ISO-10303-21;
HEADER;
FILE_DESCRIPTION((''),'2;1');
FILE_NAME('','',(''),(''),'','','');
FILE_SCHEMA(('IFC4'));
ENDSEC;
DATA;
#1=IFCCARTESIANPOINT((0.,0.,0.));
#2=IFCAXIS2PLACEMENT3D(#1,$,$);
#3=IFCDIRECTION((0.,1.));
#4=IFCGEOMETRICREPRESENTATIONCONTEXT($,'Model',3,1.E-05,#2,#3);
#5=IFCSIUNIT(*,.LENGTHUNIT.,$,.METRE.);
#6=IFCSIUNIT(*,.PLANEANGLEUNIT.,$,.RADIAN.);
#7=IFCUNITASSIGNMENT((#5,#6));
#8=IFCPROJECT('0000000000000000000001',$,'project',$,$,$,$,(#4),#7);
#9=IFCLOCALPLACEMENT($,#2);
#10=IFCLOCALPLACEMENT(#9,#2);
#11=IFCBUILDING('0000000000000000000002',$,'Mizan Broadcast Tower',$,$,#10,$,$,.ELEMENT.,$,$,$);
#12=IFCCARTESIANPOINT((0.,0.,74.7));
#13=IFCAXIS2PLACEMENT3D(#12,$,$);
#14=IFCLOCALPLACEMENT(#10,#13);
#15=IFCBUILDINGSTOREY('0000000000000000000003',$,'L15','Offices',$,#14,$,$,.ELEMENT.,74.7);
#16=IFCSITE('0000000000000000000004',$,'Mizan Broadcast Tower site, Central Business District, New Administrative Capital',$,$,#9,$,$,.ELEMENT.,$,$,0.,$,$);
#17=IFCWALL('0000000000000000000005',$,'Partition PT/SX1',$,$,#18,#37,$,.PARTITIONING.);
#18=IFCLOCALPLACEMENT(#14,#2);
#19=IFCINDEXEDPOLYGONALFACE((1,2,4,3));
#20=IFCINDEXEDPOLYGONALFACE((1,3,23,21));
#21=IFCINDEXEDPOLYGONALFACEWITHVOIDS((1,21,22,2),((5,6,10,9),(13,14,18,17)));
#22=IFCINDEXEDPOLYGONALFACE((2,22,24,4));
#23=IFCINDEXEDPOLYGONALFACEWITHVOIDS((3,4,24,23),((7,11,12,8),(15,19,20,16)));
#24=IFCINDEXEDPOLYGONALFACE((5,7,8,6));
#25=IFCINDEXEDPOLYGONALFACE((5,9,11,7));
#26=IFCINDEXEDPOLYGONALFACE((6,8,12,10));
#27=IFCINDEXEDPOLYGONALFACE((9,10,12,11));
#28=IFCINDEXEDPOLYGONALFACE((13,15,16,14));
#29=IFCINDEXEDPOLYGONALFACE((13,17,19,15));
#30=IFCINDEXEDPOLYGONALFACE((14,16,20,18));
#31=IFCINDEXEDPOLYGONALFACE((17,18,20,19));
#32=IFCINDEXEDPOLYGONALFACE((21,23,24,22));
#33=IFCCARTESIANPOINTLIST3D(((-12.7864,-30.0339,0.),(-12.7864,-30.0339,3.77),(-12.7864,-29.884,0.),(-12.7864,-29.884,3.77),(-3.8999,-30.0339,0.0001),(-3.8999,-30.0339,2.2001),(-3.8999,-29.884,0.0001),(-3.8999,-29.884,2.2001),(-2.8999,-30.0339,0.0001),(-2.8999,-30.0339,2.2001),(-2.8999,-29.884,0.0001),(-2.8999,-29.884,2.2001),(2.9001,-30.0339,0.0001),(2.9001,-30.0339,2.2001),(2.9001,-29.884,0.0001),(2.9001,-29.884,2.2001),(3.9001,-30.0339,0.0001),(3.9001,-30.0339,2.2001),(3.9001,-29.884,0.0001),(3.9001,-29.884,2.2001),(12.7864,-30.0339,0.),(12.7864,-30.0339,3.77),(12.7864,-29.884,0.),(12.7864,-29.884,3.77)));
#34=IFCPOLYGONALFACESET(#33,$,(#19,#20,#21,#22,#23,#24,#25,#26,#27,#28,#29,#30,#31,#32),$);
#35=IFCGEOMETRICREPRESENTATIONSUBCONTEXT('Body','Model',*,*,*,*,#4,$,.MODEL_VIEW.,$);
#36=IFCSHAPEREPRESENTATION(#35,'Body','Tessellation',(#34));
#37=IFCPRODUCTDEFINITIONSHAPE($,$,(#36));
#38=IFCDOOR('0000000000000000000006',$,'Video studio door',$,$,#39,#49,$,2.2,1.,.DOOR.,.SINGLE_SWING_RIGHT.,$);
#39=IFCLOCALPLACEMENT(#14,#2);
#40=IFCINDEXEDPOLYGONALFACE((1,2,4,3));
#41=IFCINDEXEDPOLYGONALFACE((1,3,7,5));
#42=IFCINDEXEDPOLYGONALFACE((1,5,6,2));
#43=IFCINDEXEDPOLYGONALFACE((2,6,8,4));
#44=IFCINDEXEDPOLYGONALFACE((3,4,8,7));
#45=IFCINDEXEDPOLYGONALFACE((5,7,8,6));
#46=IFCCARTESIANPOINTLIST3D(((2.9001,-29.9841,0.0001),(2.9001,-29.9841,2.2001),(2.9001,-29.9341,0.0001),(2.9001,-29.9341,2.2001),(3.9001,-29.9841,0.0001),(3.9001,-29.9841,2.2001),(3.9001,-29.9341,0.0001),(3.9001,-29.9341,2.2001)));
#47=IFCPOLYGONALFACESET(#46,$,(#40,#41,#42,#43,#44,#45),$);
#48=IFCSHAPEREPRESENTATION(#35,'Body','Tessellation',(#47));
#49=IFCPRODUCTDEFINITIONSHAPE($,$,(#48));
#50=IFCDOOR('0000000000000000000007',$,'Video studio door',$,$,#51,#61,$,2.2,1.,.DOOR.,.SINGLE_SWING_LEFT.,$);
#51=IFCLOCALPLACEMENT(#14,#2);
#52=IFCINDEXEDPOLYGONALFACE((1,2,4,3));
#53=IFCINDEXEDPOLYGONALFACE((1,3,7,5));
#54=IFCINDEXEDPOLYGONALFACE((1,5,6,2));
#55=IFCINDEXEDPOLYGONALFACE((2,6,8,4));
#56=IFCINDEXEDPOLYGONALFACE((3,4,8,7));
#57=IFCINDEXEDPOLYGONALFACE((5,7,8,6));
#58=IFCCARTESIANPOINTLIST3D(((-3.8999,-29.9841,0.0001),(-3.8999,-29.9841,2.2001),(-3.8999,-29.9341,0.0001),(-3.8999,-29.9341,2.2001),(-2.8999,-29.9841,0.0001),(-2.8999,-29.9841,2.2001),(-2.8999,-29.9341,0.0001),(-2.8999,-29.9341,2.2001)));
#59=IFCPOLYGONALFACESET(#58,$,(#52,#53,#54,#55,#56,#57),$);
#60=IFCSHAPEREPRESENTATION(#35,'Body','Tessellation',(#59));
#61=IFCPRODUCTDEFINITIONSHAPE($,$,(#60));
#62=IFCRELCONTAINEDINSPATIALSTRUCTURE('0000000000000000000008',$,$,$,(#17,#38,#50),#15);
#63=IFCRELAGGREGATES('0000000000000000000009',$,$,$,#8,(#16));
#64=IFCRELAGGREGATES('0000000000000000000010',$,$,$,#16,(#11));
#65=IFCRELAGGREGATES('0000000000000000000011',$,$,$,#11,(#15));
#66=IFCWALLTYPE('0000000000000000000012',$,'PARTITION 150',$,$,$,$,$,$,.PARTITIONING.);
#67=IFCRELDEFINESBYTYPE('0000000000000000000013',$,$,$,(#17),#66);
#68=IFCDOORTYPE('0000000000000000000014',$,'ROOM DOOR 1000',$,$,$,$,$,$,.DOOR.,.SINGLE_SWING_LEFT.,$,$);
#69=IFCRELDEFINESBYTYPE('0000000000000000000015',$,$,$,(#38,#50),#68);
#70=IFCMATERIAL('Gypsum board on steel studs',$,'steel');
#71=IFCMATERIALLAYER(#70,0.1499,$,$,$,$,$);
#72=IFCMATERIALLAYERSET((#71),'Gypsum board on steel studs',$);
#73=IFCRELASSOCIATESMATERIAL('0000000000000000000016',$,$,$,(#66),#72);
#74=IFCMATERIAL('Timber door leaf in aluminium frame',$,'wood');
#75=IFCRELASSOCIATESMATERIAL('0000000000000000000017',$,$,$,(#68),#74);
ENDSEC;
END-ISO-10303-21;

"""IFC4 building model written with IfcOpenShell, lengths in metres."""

from ifc_helpers import new_model, si_unit, direction, frame, frame_2d, origin, place, context, subcontext, project, spatial, rectangle, extrude, material, layer, layer_set, type_object, element, fill, save


model = new_model("IFC4")

# Units and contexts
model_context = context("Model", 3, precision=1e-05, world=origin(), true_north=direction((0.0, 1.0)))
body_context = subcontext(model_context, "Body", "Model", "MODEL_VIEW")
ifc_project = project(units=[si_unit("LENGTHUNIT", "METRE"), si_unit("PLANEANGLEUNIT", "RADIAN")], contexts=[model_context])

# Site, building, storey
site_placement = place(None, origin())
site = spatial("IfcSite", under=ifc_project, at=site_placement, Name="Mizan Broadcast Tower site, Central Business District, New Administrative Capital", CompositionType="ELEMENT", RefElevation=0.0)
building_placement = place(site_placement, origin())
building = spatial("IfcBuilding", under=site, at=building_placement, Name="Mizan Broadcast Tower", CompositionType="ELEMENT")
storey_placement = place(building_placement, frame((0.0, 0.0, 74.7)))
storey = spatial("IfcBuildingStorey", under=building, at=storey_placement, Name="L15", Description="Offices", CompositionType="ELEMENT", Elevation=74.7)

# Wall, openings, doors
ifc_material_1 = material(Name="Gypsum board on steel studs", Category="steel")
ifc_layer_1 = layer(ifc_material_1, 0.1499)
ifc_layer_set_1 = layer_set([ifc_layer_1], Name="Gypsum board on steel studs")
wall_type = type_object("IfcWallType", Name="PARTITION 150", PredefinedType="PARTITIONING", material=ifc_layer_set_1)
wall_placement = place(storey_placement, frame((-12.7864, -29.959, 0.0), z_axis=(0.0, 0.0, 1.0), x_axis=(1.0, 0.0, 0.0)))
wall = element("IfcWall", 1, at=wall_placement, inside=storey, type_object=wall_type, Name="Partition PT/SX1", PredefinedType="PARTITIONING", context=body_context, shape_type="SweptSolid", body=[
    extrude(rectangle(XDim=25.5728, YDim=0.1499, at=frame_2d((12.7864, 0.0))), origin(), (0.0, 0.0, 1.0), 3.77),
])
opening_1_placement = place(wall_placement, frame((15.6865, 0.0, 0.0)))
opening_1 = element("IfcOpeningElement", 2, at=opening_1_placement, cuts=wall, PredefinedType="OPENING", context=body_context, shape_type="SweptSolid", body=[
    extrude(rectangle(XDim=1.0, YDim=2.2, at=frame_2d((0.5, 1.1001))), frame((0.0, 0.085, 0.0), z_axis=(0.0, -1.0, 0.0), x_axis=(1.0, 0.0, 0.0)), (0.0, 0.0, 1.0), 0.1699),
])
opening_2_placement = place(wall_placement, frame((8.8865, 0.0, 0.0)))
opening_2 = element("IfcOpeningElement", 3, at=opening_2_placement, cuts=wall, PredefinedType="OPENING", context=body_context, shape_type="SweptSolid", body=[
    extrude(rectangle(XDim=1.0, YDim=2.2, at=frame_2d((0.5, 1.1001))), frame((0.0, 0.085, 0.0), z_axis=(0.0, -1.0, 0.0), x_axis=(1.0, 0.0, 0.0)), (0.0, 0.0, 1.0), 0.1699),
])
ifc_material_2 = material(Name="Timber door leaf in aluminium frame", Category="wood")
door_type = type_object("IfcDoorType", Name="ROOM DOOR 1000", OperationType="SINGLE_SWING_LEFT", PredefinedType="DOOR", material=ifc_material_2)
door_1_placement = place(opening_1_placement, origin())
door_1 = element("IfcDoor", 4, at=door_1_placement, inside=storey, type_object=door_type, Name="Video studio door", OperationType="SINGLE_SWING_RIGHT", OverallHeight=2.2, OverallWidth=1.0, PredefinedType="DOOR", context=body_context, shape_type="SweptSolid", body=[
    extrude(rectangle(XDim=1.0, YDim=2.2, at=frame_2d((0.5, 1.1001))), frame((0.0, 0.0249, 0.0), z_axis=(0.0, -1.0, 0.0), x_axis=(1.0, 0.0, 0.0)), (0.0, 0.0, 1.0), 0.05),
])
fill(opening_1, door_1)
door_2_placement = place(opening_2_placement, origin())
door_2 = element("IfcDoor", 5, at=door_2_placement, inside=storey, type_object=door_type, Name="Video studio door", OperationType="SINGLE_SWING_LEFT", OverallHeight=2.2, OverallWidth=1.0, PredefinedType="DOOR", context=body_context, shape_type="SweptSolid", body=[
    extrude(rectangle(XDim=1.0, YDim=2.2, at=frame_2d((0.5, 1.1001))), frame((0.0, 0.0249, 0.0), z_axis=(0.0, -1.0, 0.0), x_axis=(1.0, 0.0, 0.0)), (0.0, 0.0, 1.0), 0.05),
])
fill(opening_2, door_2)

save(model, "model.ifc")
